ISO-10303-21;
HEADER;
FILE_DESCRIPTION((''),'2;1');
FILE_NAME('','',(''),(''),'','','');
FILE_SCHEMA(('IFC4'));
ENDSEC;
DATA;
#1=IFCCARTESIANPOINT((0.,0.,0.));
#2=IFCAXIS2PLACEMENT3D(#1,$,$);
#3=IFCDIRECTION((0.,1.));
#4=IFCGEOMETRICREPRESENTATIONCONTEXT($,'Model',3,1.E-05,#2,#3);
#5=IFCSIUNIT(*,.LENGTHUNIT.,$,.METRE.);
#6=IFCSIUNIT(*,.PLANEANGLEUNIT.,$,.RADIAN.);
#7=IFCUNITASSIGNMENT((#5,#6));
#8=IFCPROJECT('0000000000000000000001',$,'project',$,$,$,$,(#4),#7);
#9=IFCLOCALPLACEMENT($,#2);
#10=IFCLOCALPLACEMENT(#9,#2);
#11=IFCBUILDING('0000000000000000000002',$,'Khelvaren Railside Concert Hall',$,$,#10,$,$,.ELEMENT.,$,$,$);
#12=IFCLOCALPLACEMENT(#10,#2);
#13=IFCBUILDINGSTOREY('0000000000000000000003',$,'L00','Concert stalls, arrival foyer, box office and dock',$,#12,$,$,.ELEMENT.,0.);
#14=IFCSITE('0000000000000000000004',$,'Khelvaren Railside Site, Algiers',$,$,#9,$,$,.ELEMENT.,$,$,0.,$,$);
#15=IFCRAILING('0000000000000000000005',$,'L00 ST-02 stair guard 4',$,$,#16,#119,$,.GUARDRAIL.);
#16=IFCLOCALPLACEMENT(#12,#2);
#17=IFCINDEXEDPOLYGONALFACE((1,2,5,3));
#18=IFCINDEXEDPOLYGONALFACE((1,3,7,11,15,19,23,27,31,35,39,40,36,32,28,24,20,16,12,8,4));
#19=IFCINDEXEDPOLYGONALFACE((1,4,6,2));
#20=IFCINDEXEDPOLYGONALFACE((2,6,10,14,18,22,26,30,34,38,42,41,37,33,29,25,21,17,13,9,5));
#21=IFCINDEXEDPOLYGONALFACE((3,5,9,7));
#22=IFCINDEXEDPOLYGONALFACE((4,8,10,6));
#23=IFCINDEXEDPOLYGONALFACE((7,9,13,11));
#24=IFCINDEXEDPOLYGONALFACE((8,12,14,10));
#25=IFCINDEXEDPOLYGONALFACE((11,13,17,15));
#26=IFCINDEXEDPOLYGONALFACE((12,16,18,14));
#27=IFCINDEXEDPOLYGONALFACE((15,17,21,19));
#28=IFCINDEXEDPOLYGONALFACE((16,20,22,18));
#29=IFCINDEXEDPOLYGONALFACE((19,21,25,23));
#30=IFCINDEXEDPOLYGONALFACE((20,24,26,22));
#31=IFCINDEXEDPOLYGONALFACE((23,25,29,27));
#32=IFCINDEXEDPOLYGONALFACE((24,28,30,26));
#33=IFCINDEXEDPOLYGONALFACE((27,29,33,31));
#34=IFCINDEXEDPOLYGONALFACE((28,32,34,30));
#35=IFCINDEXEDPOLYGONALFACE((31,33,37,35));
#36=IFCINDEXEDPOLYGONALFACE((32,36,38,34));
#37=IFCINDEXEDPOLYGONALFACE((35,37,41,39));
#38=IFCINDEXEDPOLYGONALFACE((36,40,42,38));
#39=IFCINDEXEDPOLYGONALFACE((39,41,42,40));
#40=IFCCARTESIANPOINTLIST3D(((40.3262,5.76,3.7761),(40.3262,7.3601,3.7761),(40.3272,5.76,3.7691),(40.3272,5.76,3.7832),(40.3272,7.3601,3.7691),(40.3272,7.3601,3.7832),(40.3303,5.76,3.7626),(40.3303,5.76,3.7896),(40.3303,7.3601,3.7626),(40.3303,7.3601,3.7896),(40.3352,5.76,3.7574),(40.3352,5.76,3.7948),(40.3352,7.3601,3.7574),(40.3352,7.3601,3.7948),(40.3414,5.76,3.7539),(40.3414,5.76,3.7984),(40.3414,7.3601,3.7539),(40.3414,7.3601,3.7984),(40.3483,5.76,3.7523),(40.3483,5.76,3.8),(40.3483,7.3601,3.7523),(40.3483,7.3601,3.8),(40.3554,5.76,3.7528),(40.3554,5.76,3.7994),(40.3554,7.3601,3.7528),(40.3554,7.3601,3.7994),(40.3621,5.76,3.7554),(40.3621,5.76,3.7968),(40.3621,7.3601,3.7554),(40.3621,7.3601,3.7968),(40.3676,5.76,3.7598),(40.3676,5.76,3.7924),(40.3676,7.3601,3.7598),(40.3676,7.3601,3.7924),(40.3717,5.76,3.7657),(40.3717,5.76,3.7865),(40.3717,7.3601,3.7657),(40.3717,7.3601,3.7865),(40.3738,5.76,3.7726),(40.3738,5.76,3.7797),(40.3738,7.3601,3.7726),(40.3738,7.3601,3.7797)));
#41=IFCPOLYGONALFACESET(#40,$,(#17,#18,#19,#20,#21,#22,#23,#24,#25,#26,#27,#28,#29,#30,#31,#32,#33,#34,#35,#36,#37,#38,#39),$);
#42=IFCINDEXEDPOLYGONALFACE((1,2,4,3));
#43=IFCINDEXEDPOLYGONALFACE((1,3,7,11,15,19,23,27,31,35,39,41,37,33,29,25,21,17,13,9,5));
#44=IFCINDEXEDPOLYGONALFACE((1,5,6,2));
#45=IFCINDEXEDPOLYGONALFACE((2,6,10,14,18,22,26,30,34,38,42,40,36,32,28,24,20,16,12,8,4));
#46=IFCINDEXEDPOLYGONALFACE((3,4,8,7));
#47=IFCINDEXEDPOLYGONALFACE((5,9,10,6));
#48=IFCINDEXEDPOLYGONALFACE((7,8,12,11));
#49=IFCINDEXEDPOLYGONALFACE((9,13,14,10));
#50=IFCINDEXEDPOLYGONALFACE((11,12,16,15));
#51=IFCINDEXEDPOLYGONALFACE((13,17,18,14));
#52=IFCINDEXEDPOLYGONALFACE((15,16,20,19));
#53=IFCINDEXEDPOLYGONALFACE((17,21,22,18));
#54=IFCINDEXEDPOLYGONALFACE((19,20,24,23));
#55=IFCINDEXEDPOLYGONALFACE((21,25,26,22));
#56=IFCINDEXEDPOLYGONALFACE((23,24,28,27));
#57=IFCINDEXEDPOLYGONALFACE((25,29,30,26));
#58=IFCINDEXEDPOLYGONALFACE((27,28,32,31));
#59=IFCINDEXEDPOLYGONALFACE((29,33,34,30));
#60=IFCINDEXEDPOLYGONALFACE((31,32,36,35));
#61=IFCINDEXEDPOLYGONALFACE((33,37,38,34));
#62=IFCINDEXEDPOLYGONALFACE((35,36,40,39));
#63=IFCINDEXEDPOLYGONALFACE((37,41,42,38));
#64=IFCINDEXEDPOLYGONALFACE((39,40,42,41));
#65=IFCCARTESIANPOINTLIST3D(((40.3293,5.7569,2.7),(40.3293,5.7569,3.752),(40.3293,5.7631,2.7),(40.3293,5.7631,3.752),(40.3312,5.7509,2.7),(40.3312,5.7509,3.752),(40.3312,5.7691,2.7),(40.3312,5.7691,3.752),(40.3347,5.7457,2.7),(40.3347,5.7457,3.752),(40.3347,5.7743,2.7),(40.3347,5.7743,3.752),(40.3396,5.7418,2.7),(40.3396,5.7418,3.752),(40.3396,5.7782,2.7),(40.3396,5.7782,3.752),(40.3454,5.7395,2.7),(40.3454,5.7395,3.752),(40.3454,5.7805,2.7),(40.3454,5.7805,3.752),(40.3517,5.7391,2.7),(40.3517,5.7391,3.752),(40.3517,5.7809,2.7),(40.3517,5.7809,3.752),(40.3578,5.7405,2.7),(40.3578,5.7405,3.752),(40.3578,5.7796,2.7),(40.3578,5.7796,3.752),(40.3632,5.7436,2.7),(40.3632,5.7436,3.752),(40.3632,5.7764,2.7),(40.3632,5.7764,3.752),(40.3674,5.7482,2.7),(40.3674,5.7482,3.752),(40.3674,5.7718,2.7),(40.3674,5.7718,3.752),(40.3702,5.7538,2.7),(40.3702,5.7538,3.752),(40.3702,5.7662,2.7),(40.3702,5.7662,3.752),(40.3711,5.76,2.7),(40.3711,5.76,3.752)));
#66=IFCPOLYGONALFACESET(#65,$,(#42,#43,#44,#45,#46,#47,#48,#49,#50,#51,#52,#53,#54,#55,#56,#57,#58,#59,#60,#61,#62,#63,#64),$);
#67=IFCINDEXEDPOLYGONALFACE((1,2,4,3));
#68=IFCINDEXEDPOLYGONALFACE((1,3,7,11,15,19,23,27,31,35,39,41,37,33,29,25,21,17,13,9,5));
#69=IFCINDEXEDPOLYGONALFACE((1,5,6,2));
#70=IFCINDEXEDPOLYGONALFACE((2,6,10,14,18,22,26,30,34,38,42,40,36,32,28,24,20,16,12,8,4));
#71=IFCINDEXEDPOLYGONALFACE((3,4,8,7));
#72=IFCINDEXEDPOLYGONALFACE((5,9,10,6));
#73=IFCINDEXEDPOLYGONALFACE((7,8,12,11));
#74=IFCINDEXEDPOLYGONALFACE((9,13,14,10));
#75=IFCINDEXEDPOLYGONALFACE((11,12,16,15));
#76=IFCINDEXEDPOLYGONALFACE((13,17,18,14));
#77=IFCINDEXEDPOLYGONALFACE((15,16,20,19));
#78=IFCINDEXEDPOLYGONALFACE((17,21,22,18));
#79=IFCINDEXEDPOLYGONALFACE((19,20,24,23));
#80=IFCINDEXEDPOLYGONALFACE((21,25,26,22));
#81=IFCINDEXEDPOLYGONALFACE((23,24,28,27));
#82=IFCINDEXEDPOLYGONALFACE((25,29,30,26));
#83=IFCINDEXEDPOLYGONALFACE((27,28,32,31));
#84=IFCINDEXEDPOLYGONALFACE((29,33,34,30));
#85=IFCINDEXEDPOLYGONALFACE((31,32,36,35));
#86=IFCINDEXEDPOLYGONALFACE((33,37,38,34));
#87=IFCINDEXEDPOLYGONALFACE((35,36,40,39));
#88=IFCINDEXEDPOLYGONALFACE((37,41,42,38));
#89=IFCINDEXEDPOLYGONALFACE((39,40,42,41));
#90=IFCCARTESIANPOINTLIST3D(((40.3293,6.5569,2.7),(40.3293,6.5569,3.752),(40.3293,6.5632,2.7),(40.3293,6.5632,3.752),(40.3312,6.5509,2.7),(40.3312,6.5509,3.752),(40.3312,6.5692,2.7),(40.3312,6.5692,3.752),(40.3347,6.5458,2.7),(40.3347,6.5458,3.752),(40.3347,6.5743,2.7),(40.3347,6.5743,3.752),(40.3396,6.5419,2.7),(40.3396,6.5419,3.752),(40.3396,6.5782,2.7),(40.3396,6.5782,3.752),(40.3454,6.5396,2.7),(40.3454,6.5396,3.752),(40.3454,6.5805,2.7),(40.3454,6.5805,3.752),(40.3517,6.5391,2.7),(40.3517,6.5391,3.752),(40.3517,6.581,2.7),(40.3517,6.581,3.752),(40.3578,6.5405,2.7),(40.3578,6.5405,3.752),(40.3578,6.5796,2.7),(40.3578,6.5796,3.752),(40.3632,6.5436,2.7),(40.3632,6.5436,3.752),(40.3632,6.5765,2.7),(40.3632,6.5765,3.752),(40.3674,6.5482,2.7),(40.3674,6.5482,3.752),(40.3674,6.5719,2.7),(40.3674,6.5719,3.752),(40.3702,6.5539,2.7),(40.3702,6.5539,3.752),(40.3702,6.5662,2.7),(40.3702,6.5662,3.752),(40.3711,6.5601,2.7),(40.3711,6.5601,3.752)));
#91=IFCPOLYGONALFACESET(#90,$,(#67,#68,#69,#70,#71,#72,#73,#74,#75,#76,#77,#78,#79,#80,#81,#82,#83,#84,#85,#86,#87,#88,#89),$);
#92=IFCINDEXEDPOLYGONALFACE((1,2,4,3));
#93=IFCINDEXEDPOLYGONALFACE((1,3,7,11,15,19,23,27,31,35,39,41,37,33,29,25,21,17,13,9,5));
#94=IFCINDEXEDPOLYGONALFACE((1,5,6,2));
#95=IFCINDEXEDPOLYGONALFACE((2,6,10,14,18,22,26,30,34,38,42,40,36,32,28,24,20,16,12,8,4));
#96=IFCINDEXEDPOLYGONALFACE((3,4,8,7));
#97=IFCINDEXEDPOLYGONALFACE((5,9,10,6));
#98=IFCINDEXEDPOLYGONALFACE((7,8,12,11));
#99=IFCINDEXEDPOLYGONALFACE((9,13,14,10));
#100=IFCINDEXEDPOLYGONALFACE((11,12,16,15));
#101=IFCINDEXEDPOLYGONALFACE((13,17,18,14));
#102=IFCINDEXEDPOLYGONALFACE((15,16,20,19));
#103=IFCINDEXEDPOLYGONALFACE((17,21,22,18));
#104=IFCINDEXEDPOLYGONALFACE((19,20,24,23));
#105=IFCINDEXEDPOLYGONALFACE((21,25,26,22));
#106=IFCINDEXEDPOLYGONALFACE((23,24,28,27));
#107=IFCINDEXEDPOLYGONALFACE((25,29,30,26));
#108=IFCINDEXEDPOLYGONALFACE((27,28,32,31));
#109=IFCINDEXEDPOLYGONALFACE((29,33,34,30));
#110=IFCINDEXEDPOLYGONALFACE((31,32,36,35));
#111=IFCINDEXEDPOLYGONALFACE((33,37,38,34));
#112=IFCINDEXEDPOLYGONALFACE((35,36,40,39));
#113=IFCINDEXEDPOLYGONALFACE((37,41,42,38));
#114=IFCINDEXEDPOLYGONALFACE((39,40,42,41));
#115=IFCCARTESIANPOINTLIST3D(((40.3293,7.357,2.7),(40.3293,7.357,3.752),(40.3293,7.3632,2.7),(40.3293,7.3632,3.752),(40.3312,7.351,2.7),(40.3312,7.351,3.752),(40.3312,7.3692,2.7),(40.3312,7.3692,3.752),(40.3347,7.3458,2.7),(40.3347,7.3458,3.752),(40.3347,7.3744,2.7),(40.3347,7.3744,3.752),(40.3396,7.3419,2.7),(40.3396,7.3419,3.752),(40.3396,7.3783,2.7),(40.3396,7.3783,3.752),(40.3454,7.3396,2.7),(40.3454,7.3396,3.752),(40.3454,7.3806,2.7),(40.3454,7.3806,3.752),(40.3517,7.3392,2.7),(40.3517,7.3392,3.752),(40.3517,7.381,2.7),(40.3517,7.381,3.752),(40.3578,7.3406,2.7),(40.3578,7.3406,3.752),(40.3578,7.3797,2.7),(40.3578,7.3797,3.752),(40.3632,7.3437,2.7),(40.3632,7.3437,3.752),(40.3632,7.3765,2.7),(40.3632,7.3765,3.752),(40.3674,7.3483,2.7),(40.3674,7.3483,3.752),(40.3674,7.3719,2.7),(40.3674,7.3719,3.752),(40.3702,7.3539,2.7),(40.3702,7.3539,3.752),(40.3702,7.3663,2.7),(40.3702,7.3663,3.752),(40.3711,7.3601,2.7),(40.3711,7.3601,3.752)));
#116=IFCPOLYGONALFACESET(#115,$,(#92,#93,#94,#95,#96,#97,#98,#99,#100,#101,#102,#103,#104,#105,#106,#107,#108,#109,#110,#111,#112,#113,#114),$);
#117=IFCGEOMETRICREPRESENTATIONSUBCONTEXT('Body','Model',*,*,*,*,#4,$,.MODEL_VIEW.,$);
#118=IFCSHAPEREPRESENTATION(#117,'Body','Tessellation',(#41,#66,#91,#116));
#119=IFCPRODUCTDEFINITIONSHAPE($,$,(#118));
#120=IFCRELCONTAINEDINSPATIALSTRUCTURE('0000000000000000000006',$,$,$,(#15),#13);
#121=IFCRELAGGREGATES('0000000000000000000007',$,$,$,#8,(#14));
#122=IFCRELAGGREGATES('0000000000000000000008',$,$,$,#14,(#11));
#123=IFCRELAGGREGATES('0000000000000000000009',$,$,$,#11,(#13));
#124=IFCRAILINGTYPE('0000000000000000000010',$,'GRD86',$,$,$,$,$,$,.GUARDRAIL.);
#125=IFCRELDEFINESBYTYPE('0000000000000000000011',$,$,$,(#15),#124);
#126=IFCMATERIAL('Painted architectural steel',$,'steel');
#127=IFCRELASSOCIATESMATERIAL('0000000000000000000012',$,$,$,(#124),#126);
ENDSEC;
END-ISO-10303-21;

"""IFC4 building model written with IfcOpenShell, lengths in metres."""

from ifc_helpers import new_model, si_unit, direction, frame, origin, origin_2d, place, context, subcontext, project, spatial, circle, extrude, material, type_object, element, save


model = new_model("IFC4")

# Units and contexts
model_context = context("Model", 3, precision=1e-05, world=origin(), true_north=direction((0.0, 1.0)))
body_context = subcontext(model_context, "Body", "Model", "MODEL_VIEW")
ifc_project = project(units=[si_unit("LENGTHUNIT", "METRE"), si_unit("PLANEANGLEUNIT", "RADIAN")], contexts=[model_context])

# Site, building, storey
site_placement = place(None, origin())
site = spatial("IfcSite", under=ifc_project, at=site_placement, Name="Khelvaren Railside Site, Algiers", CompositionType="ELEMENT", RefElevation=0.0)
building_placement = place(site_placement, origin())
building = spatial("IfcBuilding", under=site, at=building_placement, Name="Khelvaren Railside Concert Hall", CompositionType="ELEMENT")
storey_placement = place(building_placement, origin())
storey = spatial("IfcBuildingStorey", under=building, at=storey_placement, Name="L00", Description="Concert stalls, arrival foyer, box office and dock", CompositionType="ELEMENT", Elevation=0.0)

# Railing
ifc_material_1 = material(Name="Painted architectural steel", Category="steel")
railing_type_1 = type_object("IfcRailingType", Name="GRD86", PredefinedType="GUARDRAIL", material=ifc_material_1)
for number, where, name in (
    (1, (40.3501, 5.76, 2.7), "L00 ST-02 stair guard 4"),
):
    element("IfcRailing", number, at=place(storey_placement, frame(where)), inside=storey, type_object=railing_type_1, Name=name, PredefinedType="GUARDRAIL", context=body_context, shape_type="SweptSolid", body=[
        extrude(circle(Radius=0.0239, at=origin_2d()), frame((0.0, 0.0, 1.0762), z_axis=(0.0, 1.0, 0.0), x_axis=(-1.0, 0.0, 0.0)), (0.0, 0.0, 1.0), 1.6001),
        extrude(circle(Radius=0.021, at=origin_2d()), origin(), (0.0, 0.0, 1.0), 1.052),
        extrude(circle(Radius=0.021, at=origin_2d()), frame((0.0, 0.8, 0.0)), (0.0, 0.0, 1.0), 1.052),
        extrude(circle(Radius=0.021, at=origin_2d()), frame((0.0, 1.6001, 0.0)), (0.0, 0.0, 1.0), 1.052),
    ])

save(model, "model.ifc")
